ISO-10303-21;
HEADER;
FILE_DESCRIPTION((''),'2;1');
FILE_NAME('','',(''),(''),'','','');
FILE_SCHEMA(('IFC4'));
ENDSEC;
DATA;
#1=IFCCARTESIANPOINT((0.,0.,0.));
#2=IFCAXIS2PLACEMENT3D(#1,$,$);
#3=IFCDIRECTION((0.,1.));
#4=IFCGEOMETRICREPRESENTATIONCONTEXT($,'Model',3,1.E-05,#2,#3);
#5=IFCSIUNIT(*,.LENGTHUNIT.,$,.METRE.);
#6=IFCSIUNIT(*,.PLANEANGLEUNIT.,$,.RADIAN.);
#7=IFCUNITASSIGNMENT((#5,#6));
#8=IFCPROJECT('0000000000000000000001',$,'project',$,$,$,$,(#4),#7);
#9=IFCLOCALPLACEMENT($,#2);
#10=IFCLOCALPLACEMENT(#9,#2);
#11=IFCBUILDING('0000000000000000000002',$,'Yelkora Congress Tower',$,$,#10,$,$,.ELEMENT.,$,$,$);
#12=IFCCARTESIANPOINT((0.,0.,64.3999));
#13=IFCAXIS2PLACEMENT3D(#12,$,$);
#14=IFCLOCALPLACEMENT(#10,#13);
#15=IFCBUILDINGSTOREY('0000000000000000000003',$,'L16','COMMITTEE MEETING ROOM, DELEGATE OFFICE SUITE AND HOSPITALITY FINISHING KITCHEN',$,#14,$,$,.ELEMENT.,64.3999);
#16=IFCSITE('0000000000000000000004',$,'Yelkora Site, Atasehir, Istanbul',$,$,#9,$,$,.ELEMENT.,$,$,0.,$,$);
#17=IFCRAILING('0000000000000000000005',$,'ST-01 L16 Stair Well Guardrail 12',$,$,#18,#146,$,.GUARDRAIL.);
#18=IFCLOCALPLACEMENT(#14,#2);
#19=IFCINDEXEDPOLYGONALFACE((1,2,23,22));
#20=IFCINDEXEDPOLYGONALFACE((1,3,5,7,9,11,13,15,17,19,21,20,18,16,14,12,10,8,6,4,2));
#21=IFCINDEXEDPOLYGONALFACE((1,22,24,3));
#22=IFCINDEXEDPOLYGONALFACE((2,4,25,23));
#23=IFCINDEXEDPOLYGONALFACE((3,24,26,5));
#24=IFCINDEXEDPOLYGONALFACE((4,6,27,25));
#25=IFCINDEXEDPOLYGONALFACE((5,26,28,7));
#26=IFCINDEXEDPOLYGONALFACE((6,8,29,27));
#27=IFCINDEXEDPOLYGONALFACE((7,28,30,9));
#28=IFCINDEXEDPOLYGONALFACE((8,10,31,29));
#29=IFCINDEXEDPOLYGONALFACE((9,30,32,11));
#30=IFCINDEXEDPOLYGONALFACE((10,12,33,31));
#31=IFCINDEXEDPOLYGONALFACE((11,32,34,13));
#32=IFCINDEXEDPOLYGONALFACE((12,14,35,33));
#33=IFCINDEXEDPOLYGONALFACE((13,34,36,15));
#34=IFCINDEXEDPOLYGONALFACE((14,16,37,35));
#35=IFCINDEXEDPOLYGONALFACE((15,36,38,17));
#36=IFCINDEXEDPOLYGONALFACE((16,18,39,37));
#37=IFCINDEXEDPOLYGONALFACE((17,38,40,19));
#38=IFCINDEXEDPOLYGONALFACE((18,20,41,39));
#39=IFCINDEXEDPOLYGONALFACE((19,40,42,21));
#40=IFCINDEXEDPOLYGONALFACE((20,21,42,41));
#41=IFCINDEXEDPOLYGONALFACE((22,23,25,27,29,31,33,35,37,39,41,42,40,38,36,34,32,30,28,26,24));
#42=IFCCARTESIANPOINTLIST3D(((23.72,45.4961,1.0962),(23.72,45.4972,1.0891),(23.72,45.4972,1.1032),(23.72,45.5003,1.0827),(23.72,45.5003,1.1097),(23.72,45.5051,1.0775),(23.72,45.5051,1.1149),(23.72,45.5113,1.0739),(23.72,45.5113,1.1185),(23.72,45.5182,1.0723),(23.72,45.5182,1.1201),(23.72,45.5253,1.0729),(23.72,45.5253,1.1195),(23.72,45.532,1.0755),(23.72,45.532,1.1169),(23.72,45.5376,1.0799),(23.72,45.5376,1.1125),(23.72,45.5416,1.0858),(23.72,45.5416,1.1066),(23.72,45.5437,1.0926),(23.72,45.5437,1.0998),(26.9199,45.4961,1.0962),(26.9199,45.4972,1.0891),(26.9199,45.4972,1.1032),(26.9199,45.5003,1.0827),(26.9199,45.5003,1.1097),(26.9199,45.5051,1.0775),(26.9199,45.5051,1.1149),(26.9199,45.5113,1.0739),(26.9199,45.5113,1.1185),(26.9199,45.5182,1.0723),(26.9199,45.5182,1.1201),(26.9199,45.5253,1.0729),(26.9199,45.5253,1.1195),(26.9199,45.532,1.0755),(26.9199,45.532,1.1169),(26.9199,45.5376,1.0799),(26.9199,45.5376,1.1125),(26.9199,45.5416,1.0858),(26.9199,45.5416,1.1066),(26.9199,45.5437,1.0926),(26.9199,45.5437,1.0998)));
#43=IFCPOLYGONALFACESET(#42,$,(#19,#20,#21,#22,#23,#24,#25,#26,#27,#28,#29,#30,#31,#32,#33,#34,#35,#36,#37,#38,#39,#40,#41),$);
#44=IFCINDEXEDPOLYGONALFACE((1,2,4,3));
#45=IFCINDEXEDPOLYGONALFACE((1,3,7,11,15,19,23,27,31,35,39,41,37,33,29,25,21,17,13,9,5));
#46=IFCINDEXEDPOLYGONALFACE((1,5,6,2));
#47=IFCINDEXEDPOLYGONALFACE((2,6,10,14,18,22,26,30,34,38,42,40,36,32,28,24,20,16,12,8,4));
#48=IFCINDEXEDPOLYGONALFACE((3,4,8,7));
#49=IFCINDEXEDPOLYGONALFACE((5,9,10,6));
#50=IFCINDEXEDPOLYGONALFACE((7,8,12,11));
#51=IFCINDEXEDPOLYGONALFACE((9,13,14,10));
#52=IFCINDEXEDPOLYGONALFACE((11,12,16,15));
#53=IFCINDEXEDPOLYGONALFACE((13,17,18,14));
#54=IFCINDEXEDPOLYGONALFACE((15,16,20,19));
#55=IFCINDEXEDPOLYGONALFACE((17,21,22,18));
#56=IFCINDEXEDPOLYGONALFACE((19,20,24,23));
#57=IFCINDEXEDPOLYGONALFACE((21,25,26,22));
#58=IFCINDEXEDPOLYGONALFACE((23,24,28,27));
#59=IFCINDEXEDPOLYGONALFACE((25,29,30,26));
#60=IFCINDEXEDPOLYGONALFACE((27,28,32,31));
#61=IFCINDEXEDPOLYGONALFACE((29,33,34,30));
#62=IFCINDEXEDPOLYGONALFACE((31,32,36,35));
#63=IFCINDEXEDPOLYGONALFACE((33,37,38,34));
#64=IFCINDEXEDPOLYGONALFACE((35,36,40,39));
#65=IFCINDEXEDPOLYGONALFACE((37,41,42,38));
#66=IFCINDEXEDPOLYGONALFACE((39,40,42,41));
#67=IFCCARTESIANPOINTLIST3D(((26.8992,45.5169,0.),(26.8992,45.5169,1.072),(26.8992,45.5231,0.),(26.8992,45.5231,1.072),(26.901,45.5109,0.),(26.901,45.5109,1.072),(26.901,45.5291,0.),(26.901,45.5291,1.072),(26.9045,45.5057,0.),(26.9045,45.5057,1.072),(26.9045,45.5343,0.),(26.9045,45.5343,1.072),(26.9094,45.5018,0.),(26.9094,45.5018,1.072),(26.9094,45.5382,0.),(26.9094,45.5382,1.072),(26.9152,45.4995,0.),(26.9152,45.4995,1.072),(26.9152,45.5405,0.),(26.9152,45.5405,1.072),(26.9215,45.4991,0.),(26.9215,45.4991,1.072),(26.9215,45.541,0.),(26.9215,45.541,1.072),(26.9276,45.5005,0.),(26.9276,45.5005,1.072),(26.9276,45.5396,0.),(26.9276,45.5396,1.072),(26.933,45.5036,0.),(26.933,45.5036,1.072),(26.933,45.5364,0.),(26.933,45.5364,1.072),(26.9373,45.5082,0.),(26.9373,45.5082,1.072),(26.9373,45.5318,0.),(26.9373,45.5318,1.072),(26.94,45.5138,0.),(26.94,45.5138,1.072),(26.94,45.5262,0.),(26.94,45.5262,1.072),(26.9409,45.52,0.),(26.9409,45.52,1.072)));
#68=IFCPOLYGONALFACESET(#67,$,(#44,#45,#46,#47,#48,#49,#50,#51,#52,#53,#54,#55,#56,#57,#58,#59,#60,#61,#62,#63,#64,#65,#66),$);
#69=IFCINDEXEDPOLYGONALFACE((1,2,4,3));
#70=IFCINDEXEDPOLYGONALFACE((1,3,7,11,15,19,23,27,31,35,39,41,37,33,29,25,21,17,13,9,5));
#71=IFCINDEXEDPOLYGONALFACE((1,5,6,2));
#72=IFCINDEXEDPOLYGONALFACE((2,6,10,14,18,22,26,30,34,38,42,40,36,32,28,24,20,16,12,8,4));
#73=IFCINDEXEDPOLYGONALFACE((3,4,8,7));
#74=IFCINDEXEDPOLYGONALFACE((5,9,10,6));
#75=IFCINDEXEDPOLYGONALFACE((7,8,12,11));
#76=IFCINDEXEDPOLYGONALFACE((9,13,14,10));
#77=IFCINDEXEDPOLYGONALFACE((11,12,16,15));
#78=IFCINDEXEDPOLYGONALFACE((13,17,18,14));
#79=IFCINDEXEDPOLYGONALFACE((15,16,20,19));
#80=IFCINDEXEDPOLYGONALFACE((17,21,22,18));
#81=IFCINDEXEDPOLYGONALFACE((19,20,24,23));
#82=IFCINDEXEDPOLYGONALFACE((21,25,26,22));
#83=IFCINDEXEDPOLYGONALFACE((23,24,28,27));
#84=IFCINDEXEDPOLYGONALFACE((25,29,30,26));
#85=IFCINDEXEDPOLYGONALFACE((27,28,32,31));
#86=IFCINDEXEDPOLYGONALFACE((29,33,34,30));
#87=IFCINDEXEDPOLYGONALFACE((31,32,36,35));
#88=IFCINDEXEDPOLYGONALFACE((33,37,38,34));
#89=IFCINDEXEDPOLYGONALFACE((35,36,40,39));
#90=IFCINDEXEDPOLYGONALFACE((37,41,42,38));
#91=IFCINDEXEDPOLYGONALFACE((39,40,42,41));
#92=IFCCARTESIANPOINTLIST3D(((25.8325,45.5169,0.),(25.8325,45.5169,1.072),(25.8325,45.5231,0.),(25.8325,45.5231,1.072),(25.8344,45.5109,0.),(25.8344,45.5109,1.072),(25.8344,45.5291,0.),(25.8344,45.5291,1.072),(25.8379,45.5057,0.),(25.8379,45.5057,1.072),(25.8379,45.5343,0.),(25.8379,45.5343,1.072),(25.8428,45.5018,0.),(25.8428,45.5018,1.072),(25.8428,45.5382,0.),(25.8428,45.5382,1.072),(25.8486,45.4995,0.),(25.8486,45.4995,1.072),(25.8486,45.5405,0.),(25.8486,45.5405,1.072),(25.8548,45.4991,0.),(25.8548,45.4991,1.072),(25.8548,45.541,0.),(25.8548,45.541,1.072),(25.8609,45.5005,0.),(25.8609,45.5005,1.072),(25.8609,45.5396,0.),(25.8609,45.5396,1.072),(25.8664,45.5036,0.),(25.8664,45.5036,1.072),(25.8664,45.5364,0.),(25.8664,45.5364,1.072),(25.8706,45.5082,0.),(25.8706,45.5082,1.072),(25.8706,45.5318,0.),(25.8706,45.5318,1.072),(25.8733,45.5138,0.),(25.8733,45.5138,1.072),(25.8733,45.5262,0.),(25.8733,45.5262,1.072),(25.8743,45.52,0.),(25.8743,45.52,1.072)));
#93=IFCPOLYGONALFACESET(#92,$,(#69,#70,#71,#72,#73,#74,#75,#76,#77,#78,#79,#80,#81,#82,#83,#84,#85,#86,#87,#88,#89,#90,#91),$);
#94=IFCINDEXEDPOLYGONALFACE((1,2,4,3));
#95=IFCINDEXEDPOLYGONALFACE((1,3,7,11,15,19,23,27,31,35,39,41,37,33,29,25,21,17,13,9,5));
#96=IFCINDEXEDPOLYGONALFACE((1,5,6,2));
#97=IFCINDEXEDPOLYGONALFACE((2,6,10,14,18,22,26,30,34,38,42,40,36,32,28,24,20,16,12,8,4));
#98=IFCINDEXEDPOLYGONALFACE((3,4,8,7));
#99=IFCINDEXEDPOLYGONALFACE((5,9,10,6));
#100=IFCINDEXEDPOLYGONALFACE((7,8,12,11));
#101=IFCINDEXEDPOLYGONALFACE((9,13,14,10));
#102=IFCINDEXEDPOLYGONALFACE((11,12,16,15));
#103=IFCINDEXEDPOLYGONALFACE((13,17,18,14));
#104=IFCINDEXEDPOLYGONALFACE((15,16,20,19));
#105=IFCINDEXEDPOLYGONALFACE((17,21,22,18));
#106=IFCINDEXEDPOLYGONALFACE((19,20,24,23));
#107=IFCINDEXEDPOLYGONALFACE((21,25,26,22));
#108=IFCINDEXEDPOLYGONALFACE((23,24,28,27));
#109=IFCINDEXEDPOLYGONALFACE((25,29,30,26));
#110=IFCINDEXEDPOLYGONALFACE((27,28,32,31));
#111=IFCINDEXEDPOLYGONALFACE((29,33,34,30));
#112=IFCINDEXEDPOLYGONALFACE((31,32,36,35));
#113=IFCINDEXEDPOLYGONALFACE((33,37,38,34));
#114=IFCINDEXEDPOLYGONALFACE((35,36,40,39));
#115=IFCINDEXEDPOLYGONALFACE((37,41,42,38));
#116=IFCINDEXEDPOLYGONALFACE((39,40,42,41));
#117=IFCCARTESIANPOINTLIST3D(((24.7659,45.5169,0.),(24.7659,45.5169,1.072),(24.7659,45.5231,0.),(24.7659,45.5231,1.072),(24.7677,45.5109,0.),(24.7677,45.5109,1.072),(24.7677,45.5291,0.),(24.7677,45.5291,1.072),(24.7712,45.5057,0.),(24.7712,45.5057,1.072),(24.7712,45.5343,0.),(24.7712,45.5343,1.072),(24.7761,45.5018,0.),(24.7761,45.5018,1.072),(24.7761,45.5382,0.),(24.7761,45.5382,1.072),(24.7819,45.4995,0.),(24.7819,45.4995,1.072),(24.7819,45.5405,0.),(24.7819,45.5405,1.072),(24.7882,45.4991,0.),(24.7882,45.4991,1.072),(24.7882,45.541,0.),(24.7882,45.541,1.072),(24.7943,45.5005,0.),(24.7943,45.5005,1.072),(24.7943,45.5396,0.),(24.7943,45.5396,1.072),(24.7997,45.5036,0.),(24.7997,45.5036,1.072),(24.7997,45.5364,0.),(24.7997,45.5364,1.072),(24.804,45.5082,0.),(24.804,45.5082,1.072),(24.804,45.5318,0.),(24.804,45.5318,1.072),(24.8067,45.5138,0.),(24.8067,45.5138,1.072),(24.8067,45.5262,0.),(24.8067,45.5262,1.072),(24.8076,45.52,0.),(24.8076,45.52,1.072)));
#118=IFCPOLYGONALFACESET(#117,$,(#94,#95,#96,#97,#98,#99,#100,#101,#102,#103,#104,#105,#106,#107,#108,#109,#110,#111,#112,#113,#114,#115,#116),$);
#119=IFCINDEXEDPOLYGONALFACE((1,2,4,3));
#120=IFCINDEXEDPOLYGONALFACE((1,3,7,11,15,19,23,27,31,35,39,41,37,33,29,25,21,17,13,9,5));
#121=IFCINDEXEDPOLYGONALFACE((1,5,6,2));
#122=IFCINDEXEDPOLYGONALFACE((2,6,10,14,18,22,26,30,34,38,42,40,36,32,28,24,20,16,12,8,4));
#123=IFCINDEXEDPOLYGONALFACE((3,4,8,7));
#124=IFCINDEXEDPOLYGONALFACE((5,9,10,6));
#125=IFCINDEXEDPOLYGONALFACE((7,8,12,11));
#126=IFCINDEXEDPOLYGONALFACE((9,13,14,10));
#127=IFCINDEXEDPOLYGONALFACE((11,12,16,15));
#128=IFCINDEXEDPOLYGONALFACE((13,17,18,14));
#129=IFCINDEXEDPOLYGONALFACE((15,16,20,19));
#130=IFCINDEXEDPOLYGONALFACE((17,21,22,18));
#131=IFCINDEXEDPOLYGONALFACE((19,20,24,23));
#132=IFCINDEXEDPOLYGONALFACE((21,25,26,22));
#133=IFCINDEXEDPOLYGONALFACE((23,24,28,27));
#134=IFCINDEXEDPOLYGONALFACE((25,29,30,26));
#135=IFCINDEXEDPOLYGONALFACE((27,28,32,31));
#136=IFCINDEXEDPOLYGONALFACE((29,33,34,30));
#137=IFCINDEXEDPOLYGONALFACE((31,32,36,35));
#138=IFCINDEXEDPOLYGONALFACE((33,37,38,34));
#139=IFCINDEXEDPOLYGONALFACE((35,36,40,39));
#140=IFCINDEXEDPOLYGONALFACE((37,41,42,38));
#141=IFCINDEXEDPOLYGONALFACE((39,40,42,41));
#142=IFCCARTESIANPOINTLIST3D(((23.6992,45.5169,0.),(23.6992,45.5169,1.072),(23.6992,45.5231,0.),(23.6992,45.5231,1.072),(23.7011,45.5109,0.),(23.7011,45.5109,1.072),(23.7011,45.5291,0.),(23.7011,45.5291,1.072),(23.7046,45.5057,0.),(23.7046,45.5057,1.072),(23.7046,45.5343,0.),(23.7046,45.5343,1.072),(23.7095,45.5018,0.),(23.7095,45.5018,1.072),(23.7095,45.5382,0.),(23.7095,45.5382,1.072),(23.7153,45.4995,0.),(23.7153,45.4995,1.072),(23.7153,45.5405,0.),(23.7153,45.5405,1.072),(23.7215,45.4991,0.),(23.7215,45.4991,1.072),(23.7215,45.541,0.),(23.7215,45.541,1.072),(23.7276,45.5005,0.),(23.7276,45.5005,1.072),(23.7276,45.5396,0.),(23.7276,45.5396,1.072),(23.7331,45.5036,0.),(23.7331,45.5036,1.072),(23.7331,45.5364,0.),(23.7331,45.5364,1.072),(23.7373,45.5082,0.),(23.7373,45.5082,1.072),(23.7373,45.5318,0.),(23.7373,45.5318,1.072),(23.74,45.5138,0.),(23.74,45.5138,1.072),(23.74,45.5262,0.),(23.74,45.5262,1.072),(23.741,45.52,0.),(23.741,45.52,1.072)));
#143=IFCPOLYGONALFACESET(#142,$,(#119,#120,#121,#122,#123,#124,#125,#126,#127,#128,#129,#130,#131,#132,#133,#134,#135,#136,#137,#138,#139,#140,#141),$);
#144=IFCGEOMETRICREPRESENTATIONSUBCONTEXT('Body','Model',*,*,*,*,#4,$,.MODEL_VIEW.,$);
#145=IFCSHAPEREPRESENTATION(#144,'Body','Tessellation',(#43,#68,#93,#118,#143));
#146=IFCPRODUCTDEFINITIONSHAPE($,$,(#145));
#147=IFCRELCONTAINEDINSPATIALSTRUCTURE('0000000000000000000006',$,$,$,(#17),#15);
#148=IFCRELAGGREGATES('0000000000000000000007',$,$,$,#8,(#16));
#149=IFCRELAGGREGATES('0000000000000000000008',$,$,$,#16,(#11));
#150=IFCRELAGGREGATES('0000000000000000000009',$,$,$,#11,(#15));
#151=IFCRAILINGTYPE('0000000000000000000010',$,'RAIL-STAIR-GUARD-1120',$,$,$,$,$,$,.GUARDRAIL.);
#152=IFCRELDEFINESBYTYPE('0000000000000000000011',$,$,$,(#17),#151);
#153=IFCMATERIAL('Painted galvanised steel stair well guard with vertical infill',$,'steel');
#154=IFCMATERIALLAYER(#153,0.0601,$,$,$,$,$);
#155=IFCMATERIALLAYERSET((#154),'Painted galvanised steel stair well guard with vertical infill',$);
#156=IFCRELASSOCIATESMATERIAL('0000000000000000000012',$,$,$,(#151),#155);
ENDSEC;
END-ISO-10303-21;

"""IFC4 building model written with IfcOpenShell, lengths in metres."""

from ifc_helpers import new_model, si_unit, direction, frame, origin, origin_2d, place, context, subcontext, project, spatial, circle, extrude, material, layer, layer_set, type_object, element, save


model = new_model("IFC4")

# Units and contexts
model_context = context("Model", 3, precision=1e-05, world=origin(), true_north=direction((0.0, 1.0)))
body_context = subcontext(model_context, "Body", "Model", "MODEL_VIEW")
ifc_project = project(units=[si_unit("LENGTHUNIT", "METRE"), si_unit("PLANEANGLEUNIT", "RADIAN")], contexts=[model_context])

# Site, building, storey
site_placement = place(None, origin())
site = spatial("IfcSite", under=ifc_project, at=site_placement, Name="Yelkora Site, Atasehir, Istanbul", CompositionType="ELEMENT", RefElevation=0.0)
building_placement = place(site_placement, origin())
building = spatial("IfcBuilding", under=site, at=building_placement, Name="Yelkora Congress Tower", CompositionType="ELEMENT")
storey_placement = place(building_placement, frame((0.0, 0.0, 64.3999)))
storey = spatial("IfcBuildingStorey", under=building, at=storey_placement, Name="L16", Description="COMMITTEE MEETING ROOM, DELEGATE OFFICE SUITE AND HOSPITALITY FINISHING KITCHEN", CompositionType="ELEMENT", Elevation=64.3999)

# Railing
ifc_material_1 = material(Name="Painted galvanised steel stair well guard with vertical infill", Category="steel")
ifc_layer_1 = layer(ifc_material_1, 0.0601)
ifc_layer_set_1 = layer_set([ifc_layer_1], Name="Painted galvanised steel stair well guard with vertical infill")
railing_type_1 = type_object("IfcRailingType", Name="RAIL-STAIR-GUARD-1120", PredefinedType="GUARDRAIL", material=ifc_layer_set_1)
railing_1_placement = place(storey_placement, frame((26.9199, 45.52, 0.0)))
element("IfcRailing", 1, at=railing_1_placement, inside=storey, type_object=railing_type_1, Name="ST-01 L16 Stair Well Guardrail 12", PredefinedType="GUARDRAIL", context=body_context, shape_type="SweptSolid", body=[
    extrude(circle(Radius=0.0239, at=origin_2d()), frame((0.0, 0.0, 1.0962), z_axis=(-1.0, 0.0, 0.0), x_axis=(0.0, -1.0, 0.0)), (0.0, 0.0, 1.0), 3.2),
    extrude(circle(Radius=0.021, at=origin_2d()), origin(), (0.0, 0.0, 1.0), 1.072),
    extrude(circle(Radius=0.021, at=origin_2d()), frame((-1.0667, 0.0, 0.0)), (0.0, 0.0, 1.0), 1.072),
    extrude(circle(Radius=0.021, at=origin_2d()), frame((-2.1333, 0.0, 0.0)), (0.0, 0.0, 1.0), 1.072),
    extrude(circle(Radius=0.021, at=origin_2d()), frame((-3.2, 0.0, 0.0)), (0.0, 0.0, 1.0), 1.072),
])

save(model, "model.ifc")
